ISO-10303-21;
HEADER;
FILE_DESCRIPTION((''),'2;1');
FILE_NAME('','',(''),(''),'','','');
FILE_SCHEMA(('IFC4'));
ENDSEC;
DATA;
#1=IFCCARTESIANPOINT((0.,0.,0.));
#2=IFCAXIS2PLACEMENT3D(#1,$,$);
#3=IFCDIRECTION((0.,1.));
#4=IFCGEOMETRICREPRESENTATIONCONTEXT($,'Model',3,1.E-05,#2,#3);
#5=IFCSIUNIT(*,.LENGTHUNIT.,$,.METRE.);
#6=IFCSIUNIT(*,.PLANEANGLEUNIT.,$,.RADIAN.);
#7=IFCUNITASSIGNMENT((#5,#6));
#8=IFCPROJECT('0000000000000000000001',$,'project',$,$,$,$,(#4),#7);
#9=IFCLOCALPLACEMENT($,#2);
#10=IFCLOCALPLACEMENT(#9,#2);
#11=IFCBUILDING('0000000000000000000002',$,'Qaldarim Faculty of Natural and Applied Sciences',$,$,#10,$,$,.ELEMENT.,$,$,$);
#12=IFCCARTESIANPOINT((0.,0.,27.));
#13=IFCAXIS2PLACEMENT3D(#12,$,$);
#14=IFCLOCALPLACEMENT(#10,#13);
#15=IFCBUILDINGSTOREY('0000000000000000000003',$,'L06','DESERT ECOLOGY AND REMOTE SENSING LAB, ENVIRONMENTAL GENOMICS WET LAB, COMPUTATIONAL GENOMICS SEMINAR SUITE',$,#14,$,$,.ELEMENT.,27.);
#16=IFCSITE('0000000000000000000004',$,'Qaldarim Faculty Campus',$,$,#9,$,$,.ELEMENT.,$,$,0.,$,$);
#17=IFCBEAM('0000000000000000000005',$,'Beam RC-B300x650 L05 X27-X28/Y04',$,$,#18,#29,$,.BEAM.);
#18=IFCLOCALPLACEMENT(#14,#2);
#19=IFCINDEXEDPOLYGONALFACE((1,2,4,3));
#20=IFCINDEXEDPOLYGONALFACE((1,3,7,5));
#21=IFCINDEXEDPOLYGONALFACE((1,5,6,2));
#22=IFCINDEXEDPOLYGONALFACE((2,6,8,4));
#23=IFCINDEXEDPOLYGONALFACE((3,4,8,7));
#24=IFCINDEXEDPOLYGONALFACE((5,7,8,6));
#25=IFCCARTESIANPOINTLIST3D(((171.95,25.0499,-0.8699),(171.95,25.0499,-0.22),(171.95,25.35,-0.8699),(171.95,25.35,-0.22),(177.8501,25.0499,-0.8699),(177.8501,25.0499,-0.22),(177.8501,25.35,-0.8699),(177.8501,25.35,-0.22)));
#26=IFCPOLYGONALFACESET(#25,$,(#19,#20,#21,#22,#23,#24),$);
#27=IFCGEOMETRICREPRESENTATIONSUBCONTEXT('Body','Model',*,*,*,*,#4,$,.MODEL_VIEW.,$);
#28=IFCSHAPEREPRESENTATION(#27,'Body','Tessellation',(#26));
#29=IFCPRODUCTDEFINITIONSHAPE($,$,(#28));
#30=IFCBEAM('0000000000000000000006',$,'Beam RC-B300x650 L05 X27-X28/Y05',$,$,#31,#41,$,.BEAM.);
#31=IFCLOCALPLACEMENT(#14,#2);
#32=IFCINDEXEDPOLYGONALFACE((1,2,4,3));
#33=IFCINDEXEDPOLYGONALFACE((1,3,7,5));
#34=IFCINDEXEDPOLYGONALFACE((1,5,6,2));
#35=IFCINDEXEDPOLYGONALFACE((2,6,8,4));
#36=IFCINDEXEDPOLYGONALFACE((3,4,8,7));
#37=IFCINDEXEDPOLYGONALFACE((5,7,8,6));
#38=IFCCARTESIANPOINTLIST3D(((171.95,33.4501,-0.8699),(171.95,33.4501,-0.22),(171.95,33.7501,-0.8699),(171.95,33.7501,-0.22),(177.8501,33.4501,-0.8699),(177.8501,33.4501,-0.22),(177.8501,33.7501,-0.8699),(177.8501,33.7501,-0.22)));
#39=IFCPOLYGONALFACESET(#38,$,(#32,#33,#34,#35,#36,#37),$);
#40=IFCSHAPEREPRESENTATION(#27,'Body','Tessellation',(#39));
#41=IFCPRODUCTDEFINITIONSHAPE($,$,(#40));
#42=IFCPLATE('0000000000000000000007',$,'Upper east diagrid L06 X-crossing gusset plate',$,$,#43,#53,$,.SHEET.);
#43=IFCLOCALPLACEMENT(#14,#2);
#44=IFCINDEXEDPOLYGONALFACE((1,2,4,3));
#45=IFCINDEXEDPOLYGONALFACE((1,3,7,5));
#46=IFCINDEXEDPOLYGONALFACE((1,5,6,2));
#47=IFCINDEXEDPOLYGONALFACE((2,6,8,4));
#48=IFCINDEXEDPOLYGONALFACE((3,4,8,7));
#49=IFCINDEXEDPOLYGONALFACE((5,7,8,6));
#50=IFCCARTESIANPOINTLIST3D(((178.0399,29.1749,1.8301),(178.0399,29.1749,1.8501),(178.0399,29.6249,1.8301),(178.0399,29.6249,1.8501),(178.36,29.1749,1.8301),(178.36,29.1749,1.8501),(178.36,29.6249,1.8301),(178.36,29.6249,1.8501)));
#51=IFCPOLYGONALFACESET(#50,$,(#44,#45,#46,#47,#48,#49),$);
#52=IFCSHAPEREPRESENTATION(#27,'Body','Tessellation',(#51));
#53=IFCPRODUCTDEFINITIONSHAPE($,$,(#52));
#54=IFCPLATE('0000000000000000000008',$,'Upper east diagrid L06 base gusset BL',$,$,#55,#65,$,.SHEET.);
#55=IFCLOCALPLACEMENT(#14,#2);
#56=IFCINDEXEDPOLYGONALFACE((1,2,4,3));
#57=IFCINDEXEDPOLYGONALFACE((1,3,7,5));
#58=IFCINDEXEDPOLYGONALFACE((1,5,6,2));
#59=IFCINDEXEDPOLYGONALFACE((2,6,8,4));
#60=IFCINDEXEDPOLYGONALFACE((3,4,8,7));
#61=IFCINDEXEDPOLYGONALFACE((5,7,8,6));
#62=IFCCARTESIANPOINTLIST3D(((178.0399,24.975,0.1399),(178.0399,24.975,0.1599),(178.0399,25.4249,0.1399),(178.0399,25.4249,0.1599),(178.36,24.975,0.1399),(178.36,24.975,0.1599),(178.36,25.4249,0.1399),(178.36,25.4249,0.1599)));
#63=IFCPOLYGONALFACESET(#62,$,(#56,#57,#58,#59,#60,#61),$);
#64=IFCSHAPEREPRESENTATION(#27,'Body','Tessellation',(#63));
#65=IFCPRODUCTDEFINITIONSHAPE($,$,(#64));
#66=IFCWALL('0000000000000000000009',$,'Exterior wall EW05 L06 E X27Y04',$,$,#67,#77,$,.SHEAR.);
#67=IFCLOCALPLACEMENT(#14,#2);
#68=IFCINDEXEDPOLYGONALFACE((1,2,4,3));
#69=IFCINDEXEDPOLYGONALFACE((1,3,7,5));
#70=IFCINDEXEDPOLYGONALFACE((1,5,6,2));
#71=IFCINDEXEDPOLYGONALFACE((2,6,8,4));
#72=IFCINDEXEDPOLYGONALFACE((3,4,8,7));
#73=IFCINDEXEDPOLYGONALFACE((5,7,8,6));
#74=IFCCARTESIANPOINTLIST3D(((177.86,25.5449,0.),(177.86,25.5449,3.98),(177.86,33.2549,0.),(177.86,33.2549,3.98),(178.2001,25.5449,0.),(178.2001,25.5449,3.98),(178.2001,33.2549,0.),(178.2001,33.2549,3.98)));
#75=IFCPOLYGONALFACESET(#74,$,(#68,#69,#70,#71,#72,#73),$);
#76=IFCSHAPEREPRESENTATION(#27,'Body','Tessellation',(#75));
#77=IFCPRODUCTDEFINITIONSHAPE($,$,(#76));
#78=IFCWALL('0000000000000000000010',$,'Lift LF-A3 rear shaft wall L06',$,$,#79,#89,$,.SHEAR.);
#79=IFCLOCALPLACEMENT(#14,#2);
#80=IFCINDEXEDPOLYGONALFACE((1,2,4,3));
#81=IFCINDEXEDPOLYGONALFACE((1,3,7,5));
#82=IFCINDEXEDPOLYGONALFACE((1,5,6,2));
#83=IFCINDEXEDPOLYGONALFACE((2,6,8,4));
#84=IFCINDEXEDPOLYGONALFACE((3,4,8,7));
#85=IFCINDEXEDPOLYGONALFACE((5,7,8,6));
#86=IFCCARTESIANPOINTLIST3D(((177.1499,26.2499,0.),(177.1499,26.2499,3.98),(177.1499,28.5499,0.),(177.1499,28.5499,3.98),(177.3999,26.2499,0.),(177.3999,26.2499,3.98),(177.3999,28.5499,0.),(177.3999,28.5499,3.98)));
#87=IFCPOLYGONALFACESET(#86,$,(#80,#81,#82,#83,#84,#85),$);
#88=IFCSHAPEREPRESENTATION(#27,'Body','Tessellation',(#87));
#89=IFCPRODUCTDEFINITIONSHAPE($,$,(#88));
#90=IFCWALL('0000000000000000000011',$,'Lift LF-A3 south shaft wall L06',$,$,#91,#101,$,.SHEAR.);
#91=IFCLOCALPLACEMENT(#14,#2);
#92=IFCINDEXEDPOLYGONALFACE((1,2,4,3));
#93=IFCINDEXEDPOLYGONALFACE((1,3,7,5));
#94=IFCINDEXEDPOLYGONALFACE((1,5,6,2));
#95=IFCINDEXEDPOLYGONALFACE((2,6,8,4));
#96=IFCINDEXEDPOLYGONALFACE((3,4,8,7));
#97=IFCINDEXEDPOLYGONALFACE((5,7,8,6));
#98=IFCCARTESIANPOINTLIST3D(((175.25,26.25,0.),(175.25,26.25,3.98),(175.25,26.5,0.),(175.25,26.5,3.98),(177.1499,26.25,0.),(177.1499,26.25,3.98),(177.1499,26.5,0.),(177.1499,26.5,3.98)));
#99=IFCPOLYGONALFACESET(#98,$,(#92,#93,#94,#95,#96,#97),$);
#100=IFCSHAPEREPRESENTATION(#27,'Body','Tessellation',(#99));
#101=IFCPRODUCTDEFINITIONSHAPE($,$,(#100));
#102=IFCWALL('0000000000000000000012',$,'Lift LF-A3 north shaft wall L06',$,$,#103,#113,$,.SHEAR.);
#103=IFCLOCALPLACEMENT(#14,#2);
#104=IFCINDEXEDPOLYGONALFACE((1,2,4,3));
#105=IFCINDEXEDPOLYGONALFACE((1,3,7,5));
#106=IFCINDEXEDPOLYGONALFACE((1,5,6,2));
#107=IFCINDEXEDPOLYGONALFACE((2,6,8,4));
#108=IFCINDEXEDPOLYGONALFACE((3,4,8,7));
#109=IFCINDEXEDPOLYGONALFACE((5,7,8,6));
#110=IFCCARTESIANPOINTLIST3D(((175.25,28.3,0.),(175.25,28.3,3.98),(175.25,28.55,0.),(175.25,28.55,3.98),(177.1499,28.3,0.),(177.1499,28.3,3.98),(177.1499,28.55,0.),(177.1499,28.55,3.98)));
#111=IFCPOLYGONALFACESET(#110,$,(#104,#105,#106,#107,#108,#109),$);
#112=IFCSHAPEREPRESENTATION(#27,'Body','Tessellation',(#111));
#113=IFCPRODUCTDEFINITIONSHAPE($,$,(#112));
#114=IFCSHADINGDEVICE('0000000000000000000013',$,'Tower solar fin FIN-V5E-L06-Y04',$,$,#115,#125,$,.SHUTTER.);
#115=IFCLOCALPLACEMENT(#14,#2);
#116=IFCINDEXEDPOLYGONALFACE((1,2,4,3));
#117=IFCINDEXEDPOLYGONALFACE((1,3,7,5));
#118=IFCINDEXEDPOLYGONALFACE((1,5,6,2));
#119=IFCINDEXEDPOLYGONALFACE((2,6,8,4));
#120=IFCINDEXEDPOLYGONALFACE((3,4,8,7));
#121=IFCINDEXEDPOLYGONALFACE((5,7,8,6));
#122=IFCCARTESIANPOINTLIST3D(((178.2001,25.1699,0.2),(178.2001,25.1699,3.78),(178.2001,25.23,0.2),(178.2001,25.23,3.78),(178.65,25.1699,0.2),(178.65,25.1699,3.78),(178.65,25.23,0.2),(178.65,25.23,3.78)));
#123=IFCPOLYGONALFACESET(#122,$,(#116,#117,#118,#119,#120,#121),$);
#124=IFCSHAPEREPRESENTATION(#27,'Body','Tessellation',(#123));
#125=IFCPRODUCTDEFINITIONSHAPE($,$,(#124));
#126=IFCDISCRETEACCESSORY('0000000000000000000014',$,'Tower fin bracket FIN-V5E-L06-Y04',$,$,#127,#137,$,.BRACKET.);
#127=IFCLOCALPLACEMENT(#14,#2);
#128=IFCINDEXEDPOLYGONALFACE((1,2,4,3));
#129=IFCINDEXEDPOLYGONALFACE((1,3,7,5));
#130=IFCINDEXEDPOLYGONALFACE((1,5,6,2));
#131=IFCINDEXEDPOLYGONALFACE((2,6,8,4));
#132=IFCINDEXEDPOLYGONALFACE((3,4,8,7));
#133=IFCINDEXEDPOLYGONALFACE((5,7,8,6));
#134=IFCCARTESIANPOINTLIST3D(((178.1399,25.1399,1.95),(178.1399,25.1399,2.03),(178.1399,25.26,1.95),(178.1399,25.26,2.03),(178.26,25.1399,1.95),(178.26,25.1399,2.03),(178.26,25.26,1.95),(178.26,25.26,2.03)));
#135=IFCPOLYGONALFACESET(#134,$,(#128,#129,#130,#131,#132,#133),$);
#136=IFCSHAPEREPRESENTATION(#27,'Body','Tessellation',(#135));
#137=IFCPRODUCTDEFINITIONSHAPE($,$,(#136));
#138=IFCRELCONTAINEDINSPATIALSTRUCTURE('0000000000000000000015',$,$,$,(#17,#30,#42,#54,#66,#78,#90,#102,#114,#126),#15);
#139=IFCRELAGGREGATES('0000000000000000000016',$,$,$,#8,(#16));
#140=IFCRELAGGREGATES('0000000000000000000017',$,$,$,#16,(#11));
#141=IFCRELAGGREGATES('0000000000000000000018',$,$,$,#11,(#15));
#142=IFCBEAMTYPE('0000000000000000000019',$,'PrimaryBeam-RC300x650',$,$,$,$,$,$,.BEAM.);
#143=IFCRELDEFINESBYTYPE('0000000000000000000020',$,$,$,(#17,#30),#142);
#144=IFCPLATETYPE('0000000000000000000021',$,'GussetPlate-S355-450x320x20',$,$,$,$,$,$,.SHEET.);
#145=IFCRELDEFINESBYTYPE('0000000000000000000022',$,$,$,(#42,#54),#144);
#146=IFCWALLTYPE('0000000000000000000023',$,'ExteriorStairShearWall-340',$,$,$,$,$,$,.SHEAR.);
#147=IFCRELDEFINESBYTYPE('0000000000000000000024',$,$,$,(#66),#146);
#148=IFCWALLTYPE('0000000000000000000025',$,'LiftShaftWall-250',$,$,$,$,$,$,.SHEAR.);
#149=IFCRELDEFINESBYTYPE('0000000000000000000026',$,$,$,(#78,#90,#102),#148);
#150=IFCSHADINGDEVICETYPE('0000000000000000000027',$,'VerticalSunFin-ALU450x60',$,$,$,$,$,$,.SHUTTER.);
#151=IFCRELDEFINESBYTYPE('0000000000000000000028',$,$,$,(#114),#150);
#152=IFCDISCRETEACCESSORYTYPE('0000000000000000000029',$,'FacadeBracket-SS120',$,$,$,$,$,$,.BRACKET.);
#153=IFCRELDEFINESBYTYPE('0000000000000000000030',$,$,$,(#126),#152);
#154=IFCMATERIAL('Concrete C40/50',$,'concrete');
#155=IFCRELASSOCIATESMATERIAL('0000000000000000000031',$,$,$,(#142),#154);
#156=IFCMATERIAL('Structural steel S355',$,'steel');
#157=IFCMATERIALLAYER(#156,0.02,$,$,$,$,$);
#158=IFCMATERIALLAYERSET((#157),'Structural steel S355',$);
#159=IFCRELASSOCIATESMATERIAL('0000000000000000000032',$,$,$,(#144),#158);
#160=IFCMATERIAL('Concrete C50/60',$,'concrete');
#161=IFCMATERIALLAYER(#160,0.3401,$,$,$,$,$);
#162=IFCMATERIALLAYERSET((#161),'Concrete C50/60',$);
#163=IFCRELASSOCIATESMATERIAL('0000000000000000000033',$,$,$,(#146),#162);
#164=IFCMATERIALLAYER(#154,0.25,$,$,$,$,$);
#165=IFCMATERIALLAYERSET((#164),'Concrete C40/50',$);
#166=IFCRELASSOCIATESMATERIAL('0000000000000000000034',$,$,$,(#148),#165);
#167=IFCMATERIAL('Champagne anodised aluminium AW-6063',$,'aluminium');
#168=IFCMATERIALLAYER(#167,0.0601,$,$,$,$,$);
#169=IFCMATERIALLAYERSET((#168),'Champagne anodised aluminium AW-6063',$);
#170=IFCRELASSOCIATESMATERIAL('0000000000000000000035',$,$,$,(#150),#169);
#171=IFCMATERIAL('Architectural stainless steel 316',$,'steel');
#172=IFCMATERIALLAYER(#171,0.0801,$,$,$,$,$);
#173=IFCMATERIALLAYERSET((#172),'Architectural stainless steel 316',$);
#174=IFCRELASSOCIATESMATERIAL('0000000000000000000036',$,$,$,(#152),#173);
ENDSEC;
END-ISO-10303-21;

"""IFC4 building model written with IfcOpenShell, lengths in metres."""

from ifc_helpers import new_model, si_unit, direction, frame, frame_2d, origin, origin_2d, place, context, subcontext, project, spatial, rectangle, extrude, material, layer, layer_set, material_profile, profile_set, type_object, element, save


model = new_model("IFC4")

# Units and contexts
model_context = context("Model", 3, precision=1e-05, world=origin(), true_north=direction((0.0, 1.0)))
body_context = subcontext(model_context, "Body", "Model", "MODEL_VIEW")
ifc_project = project(units=[si_unit("LENGTHUNIT", "METRE"), si_unit("PLANEANGLEUNIT", "RADIAN")], contexts=[model_context])

# Site, building, storey
site_placement = place(None, origin())
site = spatial("IfcSite", under=ifc_project, at=site_placement, Name="Qaldarim Faculty Campus", CompositionType="ELEMENT", RefElevation=0.0)
building_placement = place(site_placement, origin())
building = spatial("IfcBuilding", under=site, at=building_placement, Name="Qaldarim Faculty of Natural and Applied Sciences", CompositionType="ELEMENT")
storey_placement = place(building_placement, frame((0.0, 0.0, 27.0)))
storey = spatial("IfcBuildingStorey", under=building, at=storey_placement, Name="L06", Description="DESERT ECOLOGY AND REMOTE SENSING LAB, ENVIRONMENTAL GENOMICS WET LAB, COMPUTATIONAL GENOMICS SEMINAR SUITE", CompositionType="ELEMENT", Elevation=27.0)

# Shared definitions
ifc_material_1 = material(Name="Concrete C50/60", Category="concrete")

# Shared definitions
ifc_material_2 = material(Name="Concrete C40/50", Category="concrete")

# Shared definitions
ifc_material_3 = material(Name="Structural steel S355", Category="steel")

# Beams
ifc_material_profile_1 = material_profile(ifc_material_2, rectangle(XDim=0.3, YDim=0.6499, at=origin_2d()), Name="RC-B300x650")
ifc_profile_set_1 = profile_set([ifc_material_profile_1], Name="Concrete C40/50")
beam_type_1 = type_object("IfcBeamType", Name="PrimaryBeam-RC300x650", PredefinedType="BEAM", material=ifc_profile_set_1)
for number, where, z_axis, x_axis, name in (
    (1, (171.95, 25.2, -0.5449), (1.0, 0.0, 0.0), (0.0, 1.0, 0.0), "Beam RC-B300x650 L05 X27-X28/Y04"),
    (2, (171.95, 33.6001, -0.5449), (1.0, 0.0, 0.0), (0.0, 1.0, 0.0), "Beam RC-B300x650 L05 X27-X28/Y05"),
):
    element("IfcBeam", number, at=place(storey_placement, frame(where, z_axis=z_axis, x_axis=x_axis)), inside=storey, type_object=beam_type_1, Name=name, PredefinedType="BEAM", context=body_context, shape_type="SweptSolid", body=[
        extrude(rectangle(XDim=0.3, YDim=0.6499, at=origin_2d()), origin(), (0.0, 0.0, 1.0), 5.9001),
    ])

# Plates
ifc_layer_1 = layer(ifc_material_3, 0.02)
ifc_layer_set_1 = layer_set([ifc_layer_1], Name="Structural steel S355")
plate_type = type_object("IfcPlateType", Name="GussetPlate-S355-450x320x20", PredefinedType="SHEET", material=ifc_layer_set_1)
for number, where, z_axis, x_axis, name in (
    (3, (178.2, 29.3999, 1.8301), (0.0, 0.0, 1.0), (0.0, 1.0, 0.0), "Upper east diagrid L06 X-crossing gusset plate"),
    (4, (178.2, 25.2, 0.1399), (0.0, 0.0, 1.0), (0.0, 1.0, 0.0), "Upper east diagrid L06 base gusset BL"),
):
    element("IfcPlate", number, at=place(storey_placement, frame(where, z_axis=z_axis, x_axis=x_axis)), inside=storey, type_object=plate_type, Name=name, PredefinedType="SHEET", context=body_context, shape_type="SweptSolid", body=[
        extrude(rectangle(XDim=0.45, YDim=0.3201, at=origin_2d()), origin(), (0.0, 0.0, 1.0), 0.02),
    ])

# Wall
ifc_layer_2 = layer(ifc_material_1, 0.3401)
ifc_layer_set_2 = layer_set([ifc_layer_2], Name="Concrete C50/60")
wall_type_1 = type_object("IfcWallType", Name="ExteriorStairShearWall-340", PredefinedType="SHEAR", material=ifc_layer_set_2)
wall_1_placement = place(storey_placement, frame((178.03, 25.5449, 0.0), z_axis=(0.0, 0.0, 1.0), x_axis=(0.0, 1.0, 0.0)))
element("IfcWall", 5, at=wall_1_placement, inside=storey, type_object=wall_type_1, Name="Exterior wall EW05 L06 E X27Y04", PredefinedType="SHEAR", context=body_context, shape_type="SweptSolid", body=[
    extrude(rectangle(XDim=7.71, YDim=0.3401, at=frame_2d((3.855, 0.0))), origin(), (0.0, 0.0, 1.0), 3.98),
])

# Shared definitions
ifc_layer_3 = layer(ifc_material_2, 0.25)
ifc_layer_set_3 = layer_set([ifc_layer_3], Name="Concrete C40/50")
wall_type_2 = type_object("IfcWallType", Name="LiftShaftWall-250", PredefinedType="SHEAR", material=ifc_layer_set_3)
ifc_material_4 = material(Name="Architectural stainless steel 316", Category="steel")

# Walls
wall_2_placement = place(storey_placement, frame((177.2749, 26.25, 0.0), z_axis=(0.0, 0.0, 1.0), x_axis=(0.0, 1.0, 0.0)))
element("IfcWall", 6, at=wall_2_placement, inside=storey, type_object=wall_type_2, Name="Lift LF-A3 rear shaft wall L06", PredefinedType="SHEAR", context=body_context, shape_type="SweptSolid", body=[
    extrude(rectangle(XDim=2.3, YDim=0.25, at=frame_2d((1.1499, 0.0))), origin(), (0.0, 0.0, 1.0), 3.98),
])
for number, where, z_axis, x_axis, name in (
    (7, (175.25, 26.375, 0.0), (0.0, 0.0, 1.0), (1.0, 0.0, 0.0), "Lift LF-A3 south shaft wall L06"),
    (8, (175.25, 28.425, 0.0), (0.0, 0.0, 1.0), (1.0, 0.0, 0.0), "Lift LF-A3 north shaft wall L06"),
):
    element("IfcWall", number, at=place(storey_placement, frame(where, z_axis=z_axis, x_axis=x_axis)), inside=storey, type_object=wall_type_2, Name=name, PredefinedType="SHEAR", context=body_context, shape_type="SweptSolid", body=[
        extrude(rectangle(XDim=1.8999, YDim=0.25, at=frame_2d((0.95, 0.0))), origin(), (0.0, 0.0, 1.0), 3.98),
    ])

# Shading device
ifc_material_5 = material(Name="Champagne anodised aluminium AW-6063", Category="aluminium")
ifc_layer_4 = layer(ifc_material_5, 0.0601)
ifc_layer_set_4 = layer_set([ifc_layer_4], Name="Champagne anodised aluminium AW-6063")
shading_device_type = type_object("IfcShadingDeviceType", Name="VerticalSunFin-ALU450x60", PredefinedType="SHUTTER", material=ifc_layer_set_4)
shading_device_placement = place(storey_placement, frame((178.425, 25.2, 0.2), z_axis=(0.0, 0.0, 1.0), x_axis=(1.0, 0.0, 0.0)))
element("IfcShadingDevice", 9, at=shading_device_placement, inside=storey, type_object=shading_device_type, Name="Tower solar fin FIN-V5E-L06-Y04", PredefinedType="SHUTTER", context=body_context, shape_type="SweptSolid", body=[
    extrude(rectangle(XDim=0.45, YDim=0.0601, at=origin_2d()), origin(), (0.0, 0.0, 1.0), 3.5801),
])

# Discrete accessory
ifc_layer_5 = layer(ifc_material_4, 0.0801)
ifc_layer_set_5 = layer_set([ifc_layer_5], Name="Architectural stainless steel 316")
discrete_accessory_type = type_object("IfcDiscreteAccessoryType", Name="FacadeBracket-SS120", PredefinedType="BRACKET", material=ifc_layer_set_5)
discrete_accessory_placement = place(storey_placement, frame((178.2, 25.2, 1.95), z_axis=(0.0, 0.0, 1.0), x_axis=(1.0, 0.0, 0.0)))
element("IfcDiscreteAccessory", 10, at=discrete_accessory_placement, inside=storey, type_object=discrete_accessory_type, Name="Tower fin bracket FIN-V5E-L06-Y04", PredefinedType="BRACKET", context=body_context, shape_type="SweptSolid", body=[
    extrude(rectangle(XDim=0.1201, YDim=0.1201, at=origin_2d()), origin(), (0.0, 0.0, 1.0), 0.0801),
])

save(model, "model.ifc")
